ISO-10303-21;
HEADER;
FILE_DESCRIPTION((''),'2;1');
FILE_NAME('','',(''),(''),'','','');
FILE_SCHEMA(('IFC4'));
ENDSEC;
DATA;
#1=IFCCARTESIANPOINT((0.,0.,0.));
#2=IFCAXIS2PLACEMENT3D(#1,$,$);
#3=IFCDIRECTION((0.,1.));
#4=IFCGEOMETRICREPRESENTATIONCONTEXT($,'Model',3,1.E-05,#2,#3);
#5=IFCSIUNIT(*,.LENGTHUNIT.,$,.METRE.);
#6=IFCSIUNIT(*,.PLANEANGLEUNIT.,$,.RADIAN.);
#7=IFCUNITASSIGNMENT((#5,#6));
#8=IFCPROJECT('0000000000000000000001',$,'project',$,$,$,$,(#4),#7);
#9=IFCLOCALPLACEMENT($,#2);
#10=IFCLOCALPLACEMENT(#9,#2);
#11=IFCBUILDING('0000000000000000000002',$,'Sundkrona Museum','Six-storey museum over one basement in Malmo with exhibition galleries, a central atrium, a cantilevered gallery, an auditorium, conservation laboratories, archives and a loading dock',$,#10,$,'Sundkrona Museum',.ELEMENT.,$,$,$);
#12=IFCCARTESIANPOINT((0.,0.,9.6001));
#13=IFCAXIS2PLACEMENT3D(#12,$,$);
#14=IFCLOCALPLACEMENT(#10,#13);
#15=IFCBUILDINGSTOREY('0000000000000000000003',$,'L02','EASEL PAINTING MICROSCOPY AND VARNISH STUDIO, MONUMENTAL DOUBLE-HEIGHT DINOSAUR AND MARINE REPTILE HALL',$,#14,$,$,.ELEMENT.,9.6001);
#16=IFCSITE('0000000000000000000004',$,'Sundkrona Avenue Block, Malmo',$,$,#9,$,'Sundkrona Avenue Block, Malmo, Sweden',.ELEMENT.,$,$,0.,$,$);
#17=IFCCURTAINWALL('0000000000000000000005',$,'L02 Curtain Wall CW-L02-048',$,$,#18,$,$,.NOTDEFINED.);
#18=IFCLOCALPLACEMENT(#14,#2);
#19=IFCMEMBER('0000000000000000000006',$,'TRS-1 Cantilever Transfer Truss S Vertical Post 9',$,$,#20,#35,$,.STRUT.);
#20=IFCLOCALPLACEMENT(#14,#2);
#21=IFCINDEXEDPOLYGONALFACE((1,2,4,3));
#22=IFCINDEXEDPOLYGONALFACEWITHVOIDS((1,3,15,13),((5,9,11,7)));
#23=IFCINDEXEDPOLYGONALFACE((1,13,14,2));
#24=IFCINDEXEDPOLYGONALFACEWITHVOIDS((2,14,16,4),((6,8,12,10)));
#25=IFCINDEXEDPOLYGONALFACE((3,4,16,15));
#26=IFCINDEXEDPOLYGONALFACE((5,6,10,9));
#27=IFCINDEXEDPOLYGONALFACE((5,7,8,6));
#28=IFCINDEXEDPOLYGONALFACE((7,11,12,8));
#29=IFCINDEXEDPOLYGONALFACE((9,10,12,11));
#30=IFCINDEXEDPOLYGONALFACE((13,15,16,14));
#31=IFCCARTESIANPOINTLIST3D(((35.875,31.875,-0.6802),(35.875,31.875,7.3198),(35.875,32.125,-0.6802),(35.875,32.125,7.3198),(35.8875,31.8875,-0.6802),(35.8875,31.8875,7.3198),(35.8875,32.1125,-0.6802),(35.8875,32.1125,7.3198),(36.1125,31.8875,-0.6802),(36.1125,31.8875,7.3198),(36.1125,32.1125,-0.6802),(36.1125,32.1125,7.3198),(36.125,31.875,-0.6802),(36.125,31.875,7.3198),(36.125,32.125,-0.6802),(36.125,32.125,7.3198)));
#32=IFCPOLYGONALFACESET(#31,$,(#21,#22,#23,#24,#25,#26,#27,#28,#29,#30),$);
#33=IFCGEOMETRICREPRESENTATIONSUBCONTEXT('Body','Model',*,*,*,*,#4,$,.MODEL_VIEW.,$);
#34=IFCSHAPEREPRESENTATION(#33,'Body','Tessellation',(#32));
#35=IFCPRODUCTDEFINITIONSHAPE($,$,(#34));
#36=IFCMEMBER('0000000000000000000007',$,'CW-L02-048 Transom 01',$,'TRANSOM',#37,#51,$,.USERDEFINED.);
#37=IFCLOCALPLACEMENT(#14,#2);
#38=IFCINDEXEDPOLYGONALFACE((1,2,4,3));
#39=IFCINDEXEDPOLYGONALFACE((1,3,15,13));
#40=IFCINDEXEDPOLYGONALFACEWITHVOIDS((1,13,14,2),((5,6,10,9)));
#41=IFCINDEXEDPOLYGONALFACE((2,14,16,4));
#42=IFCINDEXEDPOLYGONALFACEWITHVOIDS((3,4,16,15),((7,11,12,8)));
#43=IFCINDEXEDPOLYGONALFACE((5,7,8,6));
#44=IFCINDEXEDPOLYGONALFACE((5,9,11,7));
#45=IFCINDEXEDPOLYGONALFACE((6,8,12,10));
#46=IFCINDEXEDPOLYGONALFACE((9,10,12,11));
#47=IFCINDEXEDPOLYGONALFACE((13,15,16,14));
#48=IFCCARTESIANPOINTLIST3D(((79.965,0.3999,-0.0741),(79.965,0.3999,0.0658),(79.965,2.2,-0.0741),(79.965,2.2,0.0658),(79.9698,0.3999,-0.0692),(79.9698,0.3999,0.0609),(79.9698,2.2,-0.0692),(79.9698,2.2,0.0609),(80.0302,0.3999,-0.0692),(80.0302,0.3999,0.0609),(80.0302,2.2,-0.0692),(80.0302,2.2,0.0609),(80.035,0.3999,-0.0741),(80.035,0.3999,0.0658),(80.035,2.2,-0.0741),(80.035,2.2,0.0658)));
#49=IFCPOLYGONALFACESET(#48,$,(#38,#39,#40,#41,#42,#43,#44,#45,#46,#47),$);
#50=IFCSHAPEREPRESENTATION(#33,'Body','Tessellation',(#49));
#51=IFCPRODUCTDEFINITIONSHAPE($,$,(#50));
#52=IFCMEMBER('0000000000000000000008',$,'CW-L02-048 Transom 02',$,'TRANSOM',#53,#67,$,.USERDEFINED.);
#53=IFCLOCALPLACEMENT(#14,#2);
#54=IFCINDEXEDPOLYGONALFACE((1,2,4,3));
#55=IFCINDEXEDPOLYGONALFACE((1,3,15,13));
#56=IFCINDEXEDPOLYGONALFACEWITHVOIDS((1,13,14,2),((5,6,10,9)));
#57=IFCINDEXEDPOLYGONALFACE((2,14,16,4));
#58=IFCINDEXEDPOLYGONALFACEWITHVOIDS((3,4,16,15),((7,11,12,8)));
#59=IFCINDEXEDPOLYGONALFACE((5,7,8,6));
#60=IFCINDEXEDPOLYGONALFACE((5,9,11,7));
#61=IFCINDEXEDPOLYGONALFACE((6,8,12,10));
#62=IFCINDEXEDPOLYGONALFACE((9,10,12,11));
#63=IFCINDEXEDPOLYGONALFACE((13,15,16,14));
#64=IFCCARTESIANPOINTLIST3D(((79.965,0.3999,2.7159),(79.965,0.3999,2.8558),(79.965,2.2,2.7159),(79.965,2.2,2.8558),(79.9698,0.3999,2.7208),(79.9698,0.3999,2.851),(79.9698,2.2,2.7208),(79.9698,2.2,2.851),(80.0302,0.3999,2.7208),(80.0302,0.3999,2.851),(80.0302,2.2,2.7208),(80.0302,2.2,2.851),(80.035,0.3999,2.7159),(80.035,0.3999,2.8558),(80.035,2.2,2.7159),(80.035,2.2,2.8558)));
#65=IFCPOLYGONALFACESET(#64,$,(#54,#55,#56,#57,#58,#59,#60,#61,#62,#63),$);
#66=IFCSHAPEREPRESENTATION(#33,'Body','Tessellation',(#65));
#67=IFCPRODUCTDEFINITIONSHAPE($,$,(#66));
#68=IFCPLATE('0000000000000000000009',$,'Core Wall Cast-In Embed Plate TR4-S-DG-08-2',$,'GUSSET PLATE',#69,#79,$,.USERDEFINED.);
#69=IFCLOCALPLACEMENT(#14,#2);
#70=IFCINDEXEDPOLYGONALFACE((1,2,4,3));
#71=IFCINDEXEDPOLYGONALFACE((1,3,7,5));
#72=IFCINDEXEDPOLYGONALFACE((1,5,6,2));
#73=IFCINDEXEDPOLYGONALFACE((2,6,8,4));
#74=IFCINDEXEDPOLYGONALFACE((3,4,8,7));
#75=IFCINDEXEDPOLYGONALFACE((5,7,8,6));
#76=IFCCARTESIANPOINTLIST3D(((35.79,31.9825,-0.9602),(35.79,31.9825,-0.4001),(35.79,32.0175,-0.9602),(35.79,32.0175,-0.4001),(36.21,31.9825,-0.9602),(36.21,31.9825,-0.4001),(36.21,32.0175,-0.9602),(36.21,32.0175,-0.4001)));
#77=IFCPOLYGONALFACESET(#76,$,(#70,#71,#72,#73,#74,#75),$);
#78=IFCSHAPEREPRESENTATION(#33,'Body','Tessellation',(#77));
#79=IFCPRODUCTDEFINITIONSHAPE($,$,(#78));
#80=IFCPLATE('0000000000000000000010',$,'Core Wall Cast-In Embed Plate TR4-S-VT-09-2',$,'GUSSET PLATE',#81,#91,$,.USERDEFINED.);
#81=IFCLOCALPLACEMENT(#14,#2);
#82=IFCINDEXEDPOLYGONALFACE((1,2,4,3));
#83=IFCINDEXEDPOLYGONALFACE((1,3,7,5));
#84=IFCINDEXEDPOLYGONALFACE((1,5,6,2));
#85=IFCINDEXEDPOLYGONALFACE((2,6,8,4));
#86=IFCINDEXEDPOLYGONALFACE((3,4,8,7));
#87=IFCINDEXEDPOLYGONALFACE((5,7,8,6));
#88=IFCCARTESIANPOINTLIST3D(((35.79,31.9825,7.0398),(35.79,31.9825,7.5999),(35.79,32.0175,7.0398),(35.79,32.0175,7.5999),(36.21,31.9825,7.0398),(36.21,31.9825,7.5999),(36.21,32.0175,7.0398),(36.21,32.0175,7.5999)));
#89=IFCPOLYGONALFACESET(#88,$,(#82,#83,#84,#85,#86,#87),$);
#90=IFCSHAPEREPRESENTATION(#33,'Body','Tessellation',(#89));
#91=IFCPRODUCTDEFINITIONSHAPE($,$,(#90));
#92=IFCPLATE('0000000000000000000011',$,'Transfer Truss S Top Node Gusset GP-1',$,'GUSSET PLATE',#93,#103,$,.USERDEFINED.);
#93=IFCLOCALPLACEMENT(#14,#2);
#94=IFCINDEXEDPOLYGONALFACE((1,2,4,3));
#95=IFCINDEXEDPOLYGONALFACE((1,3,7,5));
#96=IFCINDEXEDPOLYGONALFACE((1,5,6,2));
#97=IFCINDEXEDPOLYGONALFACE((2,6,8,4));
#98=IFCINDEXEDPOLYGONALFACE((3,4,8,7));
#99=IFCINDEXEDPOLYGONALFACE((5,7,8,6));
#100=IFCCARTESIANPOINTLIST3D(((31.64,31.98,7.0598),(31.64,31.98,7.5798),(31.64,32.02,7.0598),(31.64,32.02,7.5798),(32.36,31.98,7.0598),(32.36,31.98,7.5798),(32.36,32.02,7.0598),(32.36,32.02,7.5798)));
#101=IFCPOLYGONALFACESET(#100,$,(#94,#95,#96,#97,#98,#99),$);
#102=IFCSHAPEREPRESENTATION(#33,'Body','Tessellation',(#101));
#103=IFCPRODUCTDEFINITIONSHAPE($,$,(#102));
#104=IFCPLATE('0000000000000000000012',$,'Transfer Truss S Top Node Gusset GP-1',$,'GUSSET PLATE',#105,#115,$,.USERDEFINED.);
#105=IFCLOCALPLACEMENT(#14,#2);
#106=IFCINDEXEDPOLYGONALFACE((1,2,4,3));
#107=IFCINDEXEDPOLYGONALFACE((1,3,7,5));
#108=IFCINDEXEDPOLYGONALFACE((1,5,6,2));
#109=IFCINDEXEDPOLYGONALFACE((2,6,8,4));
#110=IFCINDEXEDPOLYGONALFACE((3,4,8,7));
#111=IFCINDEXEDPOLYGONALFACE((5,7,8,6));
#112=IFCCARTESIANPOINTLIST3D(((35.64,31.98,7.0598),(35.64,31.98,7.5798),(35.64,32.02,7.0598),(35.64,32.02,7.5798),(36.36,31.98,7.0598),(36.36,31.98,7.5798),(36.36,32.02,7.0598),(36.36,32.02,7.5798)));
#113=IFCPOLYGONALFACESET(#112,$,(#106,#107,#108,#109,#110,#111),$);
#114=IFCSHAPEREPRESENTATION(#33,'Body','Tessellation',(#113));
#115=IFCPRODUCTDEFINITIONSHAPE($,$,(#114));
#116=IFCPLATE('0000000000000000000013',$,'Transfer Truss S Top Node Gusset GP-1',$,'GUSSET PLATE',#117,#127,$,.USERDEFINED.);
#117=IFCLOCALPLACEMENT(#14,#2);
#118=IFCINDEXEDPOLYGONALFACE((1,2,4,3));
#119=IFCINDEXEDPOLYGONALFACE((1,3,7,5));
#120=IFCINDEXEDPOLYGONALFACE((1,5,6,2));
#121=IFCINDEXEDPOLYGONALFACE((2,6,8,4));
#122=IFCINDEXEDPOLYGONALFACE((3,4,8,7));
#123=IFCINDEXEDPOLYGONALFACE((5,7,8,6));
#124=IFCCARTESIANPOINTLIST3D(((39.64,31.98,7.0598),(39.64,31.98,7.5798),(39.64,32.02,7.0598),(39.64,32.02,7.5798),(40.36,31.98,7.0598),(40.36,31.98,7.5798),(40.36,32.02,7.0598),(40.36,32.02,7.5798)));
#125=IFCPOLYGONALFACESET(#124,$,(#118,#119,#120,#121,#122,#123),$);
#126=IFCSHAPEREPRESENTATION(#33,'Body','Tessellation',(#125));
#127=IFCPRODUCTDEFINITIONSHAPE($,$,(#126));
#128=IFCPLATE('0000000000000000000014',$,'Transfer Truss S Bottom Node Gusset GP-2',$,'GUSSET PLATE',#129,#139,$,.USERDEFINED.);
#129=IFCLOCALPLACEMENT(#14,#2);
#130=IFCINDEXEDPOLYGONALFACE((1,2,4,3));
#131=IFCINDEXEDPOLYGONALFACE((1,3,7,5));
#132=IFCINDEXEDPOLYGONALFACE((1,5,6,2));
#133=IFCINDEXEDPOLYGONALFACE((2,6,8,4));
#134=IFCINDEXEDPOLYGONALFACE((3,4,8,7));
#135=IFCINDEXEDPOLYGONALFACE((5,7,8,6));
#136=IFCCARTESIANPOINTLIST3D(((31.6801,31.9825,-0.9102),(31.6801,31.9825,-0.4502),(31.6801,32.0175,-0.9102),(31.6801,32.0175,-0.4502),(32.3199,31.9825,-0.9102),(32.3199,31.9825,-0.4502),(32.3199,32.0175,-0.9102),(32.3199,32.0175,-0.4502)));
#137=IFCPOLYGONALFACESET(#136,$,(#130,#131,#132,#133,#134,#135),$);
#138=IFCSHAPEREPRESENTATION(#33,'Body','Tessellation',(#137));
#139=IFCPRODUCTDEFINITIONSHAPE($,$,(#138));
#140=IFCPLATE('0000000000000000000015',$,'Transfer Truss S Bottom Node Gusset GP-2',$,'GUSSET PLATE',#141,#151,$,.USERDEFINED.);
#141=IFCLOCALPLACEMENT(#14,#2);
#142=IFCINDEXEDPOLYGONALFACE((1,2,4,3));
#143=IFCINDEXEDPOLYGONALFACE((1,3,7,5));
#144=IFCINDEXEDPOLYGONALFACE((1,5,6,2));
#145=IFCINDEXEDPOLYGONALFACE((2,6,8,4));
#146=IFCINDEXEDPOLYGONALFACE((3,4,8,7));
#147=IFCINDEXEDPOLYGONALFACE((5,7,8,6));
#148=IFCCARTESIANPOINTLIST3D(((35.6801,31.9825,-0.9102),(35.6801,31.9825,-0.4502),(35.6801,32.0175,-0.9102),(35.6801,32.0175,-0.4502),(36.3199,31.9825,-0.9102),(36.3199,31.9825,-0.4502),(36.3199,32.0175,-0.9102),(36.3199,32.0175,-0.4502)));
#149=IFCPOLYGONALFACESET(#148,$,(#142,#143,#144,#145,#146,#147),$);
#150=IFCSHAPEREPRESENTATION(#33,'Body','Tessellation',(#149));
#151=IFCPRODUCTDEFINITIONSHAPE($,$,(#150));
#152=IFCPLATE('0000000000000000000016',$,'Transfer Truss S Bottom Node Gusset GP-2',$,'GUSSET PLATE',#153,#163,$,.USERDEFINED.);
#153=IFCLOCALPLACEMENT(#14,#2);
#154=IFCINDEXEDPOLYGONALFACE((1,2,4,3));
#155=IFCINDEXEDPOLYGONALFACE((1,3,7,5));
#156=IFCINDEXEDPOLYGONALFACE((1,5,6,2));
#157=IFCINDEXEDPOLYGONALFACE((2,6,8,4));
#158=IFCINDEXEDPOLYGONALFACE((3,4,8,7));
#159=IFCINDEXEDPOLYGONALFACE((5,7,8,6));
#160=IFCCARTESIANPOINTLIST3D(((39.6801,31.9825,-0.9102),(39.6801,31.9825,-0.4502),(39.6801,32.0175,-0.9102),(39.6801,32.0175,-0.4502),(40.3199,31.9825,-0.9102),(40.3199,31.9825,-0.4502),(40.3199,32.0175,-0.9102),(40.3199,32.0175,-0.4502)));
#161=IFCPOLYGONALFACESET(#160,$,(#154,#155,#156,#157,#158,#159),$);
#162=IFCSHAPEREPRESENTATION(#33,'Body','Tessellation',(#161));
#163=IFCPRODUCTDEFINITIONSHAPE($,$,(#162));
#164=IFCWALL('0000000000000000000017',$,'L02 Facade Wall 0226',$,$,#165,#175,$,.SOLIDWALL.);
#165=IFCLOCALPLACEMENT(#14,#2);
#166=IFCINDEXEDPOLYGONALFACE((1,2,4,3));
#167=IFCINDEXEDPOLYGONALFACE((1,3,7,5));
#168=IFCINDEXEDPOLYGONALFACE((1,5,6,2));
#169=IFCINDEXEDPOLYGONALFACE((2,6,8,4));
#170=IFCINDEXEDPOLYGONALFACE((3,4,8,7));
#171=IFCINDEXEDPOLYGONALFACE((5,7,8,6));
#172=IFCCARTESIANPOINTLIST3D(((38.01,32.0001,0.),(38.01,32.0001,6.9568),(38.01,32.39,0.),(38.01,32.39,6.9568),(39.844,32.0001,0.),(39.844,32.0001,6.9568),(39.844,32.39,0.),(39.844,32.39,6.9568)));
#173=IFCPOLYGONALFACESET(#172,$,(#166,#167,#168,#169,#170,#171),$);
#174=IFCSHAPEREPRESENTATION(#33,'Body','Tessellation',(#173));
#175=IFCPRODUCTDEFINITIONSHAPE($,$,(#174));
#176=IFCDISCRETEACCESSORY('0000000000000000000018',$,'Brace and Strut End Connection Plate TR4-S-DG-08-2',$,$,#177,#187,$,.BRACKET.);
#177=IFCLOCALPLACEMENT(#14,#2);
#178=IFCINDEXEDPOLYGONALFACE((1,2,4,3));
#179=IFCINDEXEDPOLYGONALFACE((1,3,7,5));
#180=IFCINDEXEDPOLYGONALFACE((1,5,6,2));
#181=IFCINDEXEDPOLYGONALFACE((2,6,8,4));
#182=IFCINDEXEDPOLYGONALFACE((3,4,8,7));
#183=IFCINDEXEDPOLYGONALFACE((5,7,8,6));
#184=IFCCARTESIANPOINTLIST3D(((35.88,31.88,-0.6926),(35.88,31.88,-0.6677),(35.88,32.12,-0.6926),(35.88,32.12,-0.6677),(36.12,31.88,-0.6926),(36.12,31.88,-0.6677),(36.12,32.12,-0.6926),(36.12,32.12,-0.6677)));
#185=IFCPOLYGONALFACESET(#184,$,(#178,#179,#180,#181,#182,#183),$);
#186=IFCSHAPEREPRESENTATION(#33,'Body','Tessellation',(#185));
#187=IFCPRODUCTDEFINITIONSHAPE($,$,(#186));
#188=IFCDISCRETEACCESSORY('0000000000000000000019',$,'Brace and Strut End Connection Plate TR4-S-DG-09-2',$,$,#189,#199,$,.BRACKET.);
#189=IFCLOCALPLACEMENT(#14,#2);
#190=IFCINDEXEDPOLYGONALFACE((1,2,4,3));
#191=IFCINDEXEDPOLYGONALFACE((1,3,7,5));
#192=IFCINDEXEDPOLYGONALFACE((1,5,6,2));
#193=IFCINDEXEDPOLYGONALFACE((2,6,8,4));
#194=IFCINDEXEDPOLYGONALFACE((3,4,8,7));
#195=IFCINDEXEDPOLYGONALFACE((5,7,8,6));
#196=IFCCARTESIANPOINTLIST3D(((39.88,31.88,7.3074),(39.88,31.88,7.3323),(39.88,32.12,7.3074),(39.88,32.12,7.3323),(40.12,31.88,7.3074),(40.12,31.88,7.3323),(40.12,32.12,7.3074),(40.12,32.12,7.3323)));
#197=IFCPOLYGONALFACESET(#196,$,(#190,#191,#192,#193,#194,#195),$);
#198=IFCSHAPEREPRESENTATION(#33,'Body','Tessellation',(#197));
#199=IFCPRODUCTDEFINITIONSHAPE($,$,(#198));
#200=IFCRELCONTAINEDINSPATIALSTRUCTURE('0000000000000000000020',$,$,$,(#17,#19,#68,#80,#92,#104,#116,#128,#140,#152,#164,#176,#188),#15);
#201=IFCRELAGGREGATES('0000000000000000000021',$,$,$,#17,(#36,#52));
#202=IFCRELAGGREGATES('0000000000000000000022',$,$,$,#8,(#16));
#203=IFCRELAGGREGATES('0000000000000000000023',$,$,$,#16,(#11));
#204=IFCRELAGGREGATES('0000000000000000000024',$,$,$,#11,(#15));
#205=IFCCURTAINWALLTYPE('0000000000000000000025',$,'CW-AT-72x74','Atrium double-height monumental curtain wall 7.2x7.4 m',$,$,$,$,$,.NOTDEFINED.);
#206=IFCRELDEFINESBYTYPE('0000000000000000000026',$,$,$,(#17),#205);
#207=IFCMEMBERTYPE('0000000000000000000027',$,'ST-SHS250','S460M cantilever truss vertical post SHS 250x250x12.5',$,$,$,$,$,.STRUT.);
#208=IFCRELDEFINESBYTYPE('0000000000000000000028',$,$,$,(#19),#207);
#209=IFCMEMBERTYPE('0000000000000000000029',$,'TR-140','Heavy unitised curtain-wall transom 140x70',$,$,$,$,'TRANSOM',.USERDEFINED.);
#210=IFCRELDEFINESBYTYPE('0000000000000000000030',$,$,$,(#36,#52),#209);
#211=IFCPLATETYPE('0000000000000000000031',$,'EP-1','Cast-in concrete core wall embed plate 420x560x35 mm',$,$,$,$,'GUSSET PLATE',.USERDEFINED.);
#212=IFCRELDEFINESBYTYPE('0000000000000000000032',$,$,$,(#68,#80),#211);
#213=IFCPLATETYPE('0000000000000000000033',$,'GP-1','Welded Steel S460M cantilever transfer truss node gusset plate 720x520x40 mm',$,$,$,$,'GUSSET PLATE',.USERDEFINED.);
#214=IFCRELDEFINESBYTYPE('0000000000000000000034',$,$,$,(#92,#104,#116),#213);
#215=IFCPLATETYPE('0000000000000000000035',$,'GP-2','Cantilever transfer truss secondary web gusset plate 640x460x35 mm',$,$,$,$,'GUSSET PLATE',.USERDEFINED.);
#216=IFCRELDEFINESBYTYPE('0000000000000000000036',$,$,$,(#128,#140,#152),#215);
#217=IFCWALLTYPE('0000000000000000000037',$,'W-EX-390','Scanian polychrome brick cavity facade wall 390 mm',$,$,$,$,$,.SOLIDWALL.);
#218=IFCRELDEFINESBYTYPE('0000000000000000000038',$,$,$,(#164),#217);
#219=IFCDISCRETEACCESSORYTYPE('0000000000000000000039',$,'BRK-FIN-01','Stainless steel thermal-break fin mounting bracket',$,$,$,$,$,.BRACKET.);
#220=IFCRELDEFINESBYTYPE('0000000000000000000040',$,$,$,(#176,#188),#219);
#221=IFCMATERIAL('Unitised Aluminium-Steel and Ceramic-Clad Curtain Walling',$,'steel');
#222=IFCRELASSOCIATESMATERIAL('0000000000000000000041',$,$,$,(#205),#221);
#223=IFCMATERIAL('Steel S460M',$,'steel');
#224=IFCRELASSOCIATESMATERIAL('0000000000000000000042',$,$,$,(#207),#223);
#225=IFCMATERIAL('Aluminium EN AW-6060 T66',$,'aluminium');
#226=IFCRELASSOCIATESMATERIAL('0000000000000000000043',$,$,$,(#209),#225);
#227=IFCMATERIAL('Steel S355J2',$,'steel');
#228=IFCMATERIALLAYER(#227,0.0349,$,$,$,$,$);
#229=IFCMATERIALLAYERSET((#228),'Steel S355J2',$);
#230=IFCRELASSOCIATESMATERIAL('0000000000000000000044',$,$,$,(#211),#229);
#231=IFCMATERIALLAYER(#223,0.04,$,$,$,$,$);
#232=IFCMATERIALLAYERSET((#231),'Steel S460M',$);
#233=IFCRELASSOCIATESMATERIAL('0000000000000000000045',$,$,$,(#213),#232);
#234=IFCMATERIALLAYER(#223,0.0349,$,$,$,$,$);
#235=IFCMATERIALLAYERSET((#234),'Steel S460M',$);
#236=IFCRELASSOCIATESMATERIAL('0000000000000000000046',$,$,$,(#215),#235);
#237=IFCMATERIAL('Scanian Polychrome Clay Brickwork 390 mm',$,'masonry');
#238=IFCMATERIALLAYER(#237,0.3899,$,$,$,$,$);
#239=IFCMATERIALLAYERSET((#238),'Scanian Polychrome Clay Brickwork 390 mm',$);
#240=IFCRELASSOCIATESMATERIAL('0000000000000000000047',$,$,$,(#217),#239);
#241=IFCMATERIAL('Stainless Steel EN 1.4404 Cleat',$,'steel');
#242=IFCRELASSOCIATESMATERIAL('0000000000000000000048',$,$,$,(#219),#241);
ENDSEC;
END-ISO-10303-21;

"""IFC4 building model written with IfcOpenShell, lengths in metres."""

from ifc_helpers import new_model, si_unit, direction, frame, frame_2d, origin, origin_2d, place, context, subcontext, project, spatial, rectangle, hollow_rectangle, extrude, material, layer, layer_set, material_profile, profile_set, type_object, element, aggregate, save


model = new_model("IFC4")

# Units and contexts
model_context = context("Model", 3, precision=1e-05, world=origin(), true_north=direction((0.0, 1.0)))
body_context = subcontext(model_context, "Body", "Model", "MODEL_VIEW")
ifc_project = project(units=[si_unit("LENGTHUNIT", "METRE"), si_unit("PLANEANGLEUNIT", "RADIAN")], contexts=[model_context])

# Site, building, storey
site_placement = place(None, origin())
site = spatial("IfcSite", under=ifc_project, at=site_placement, Name="Sundkrona Avenue Block, Malmo", LongName="Sundkrona Avenue Block, Malmo, Sweden", CompositionType="ELEMENT", RefElevation=0.0)
building_placement = place(site_placement, origin())
building = spatial("IfcBuilding", under=site, at=building_placement, Name="Sundkrona Museum", Description="Six-storey museum over one basement in Malmo with exhibition galleries, a central atrium, a cantilevered gallery, an auditorium, conservation laboratories, archives and a loading dock", LongName="Sundkrona Museum", CompositionType="ELEMENT")
storey_placement = place(building_placement, frame((0.0, 0.0, 9.6001)))
storey = spatial("IfcBuildingStorey", under=building, at=storey_placement, Name="L02", Description="EASEL PAINTING MICROSCOPY AND VARNISH STUDIO, MONUMENTAL DOUBLE-HEIGHT DINOSAUR AND MARINE REPTILE HALL", CompositionType="ELEMENT", Elevation=9.6001)

# Shared definitions
ifc_material_1 = material(Name="Steel S355J2", Category="steel")
ifc_material_2 = material(Name="Steel S460M", Category="steel")

# Curtain wall
ifc_material_3 = material(Name="Unitised Aluminium-Steel and Ceramic-Clad Curtain Walling", Category="steel")
curtain_wall_type = type_object("IfcCurtainWallType", Name="CW-AT-72x74", Description="Atrium double-height monumental curtain wall 7.2x7.4 m", PredefinedType="NOTDEFINED", material=ifc_material_3)
curtain_wall_placement = place(storey_placement, origin())
curtain_wall = element("IfcCurtainWall", 1, at=curtain_wall_placement, inside=storey, type_object=curtain_wall_type, Name="L02 Curtain Wall CW-L02-048", PredefinedType="NOTDEFINED")
ifc_material_4 = material(Name="Aluminium EN AW-6060 T66", Category="aluminium")

# Member
ifc_material_profile_1 = material_profile(ifc_material_2, hollow_rectangle(XDim=0.25, YDim=0.25, WallThickness=0.0125, at=origin_2d()), Name="SHS 250x250x12.5")
ifc_profile_set_1 = profile_set([ifc_material_profile_1], Name="Steel S460M")
member_type_1 = type_object("IfcMemberType", Name="ST-SHS250", Description="S460M cantilever truss vertical post SHS 250x250x12.5", PredefinedType="STRUT", material=ifc_profile_set_1)
member_1_placement = place(storey_placement, frame((36.0, 32.0, -0.6802), z_axis=(0.0, 0.0, 1.0), x_axis=(1.0, 0.0, 0.0)))
element("IfcMember", 2, at=member_1_placement, inside=storey, type_object=member_type_1, Name="TRS-1 Cantilever Transfer Truss S Vertical Post 9", PredefinedType="STRUT", context=body_context, shape_type="SweptSolid", body=[
    extrude(hollow_rectangle(XDim=0.25, YDim=0.25, WallThickness=0.0125, at=origin_2d()), origin(), (0.0, 0.0, 1.0), 8.0),
])

# Members
ifc_material_profile_2 = material_profile(ifc_material_4, hollow_rectangle(XDim=0.0701, YDim=0.1399, WallThickness=0.0049, at=origin_2d()), Name="RHS 140x70x5.0")
ifc_profile_set_2 = profile_set([ifc_material_profile_2], Name="Aluminium EN AW-6060 T66")
member_type_2 = type_object("IfcMemberType", Name="TR-140", Description="Heavy unitised curtain-wall transom 140x70", ElementType="TRANSOM", PredefinedType="USERDEFINED", material=ifc_profile_set_2)
member_2_placement = place(storey_placement, frame((80.0, 0.3999, -0.0042), z_axis=(0.0, 1.0, 0.0), x_axis=(-1.0, 0.0, 0.0)))
member_2 = element("IfcMember", 3, at=member_2_placement, type_object=member_type_2, Name="CW-L02-048 Transom 01", ObjectType="TRANSOM", PredefinedType="USERDEFINED", context=body_context, shape_type="SweptSolid", body=[
    extrude(hollow_rectangle(XDim=0.0701, YDim=0.1399, WallThickness=0.0049, at=origin_2d()), origin(), (0.0, 0.0, 1.0), 1.8),
])
member_3_placement = place(storey_placement, frame((80.0, 0.3999, 2.7859), z_axis=(0.0, 1.0, 0.0), x_axis=(-1.0, 0.0, 0.0)))
member_3 = element("IfcMember", 4, at=member_3_placement, type_object=member_type_2, Name="CW-L02-048 Transom 02", ObjectType="TRANSOM", PredefinedType="USERDEFINED", context=body_context, shape_type="SweptSolid", body=[
    extrude(hollow_rectangle(XDim=0.0701, YDim=0.1399, WallThickness=0.0049, at=origin_2d()), origin(), (0.0, 0.0, 1.0), 1.8),
])
aggregate(curtain_wall, [member_2, member_3])

# Plates
ifc_layer_1 = layer(ifc_material_1, 0.0349)
ifc_layer_set_1 = layer_set([ifc_layer_1], Name="Steel S355J2")
plate_type_1 = type_object("IfcPlateType", Name="EP-1", Description="Cast-in concrete core wall embed plate 420x560x35 mm", ElementType="GUSSET PLATE", PredefinedType="USERDEFINED", material=ifc_layer_set_1)
for number, where, z_axis, x_axis, name in (
    (5, (36.0, 32.0, -0.9602), (0.0, 0.0, 1.0), (1.0, 0.0, 0.0), "Core Wall Cast-In Embed Plate TR4-S-DG-08-2"),
    (6, (36.0, 32.0, 7.0398), (0.0, 0.0, 1.0), (1.0, 0.0, 0.0), "Core Wall Cast-In Embed Plate TR4-S-VT-09-2"),
):
    element("IfcPlate", number, at=place(storey_placement, frame(where, z_axis=z_axis, x_axis=x_axis)), inside=storey, type_object=plate_type_1, Name=name, ObjectType="GUSSET PLATE", PredefinedType="USERDEFINED", context=body_context, shape_type="SweptSolid", body=[
        extrude(rectangle(XDim=0.4199, YDim=0.0349, at=origin_2d()), origin(), (0.0, 0.0, 1.0), 0.5601),
    ])
ifc_layer_2 = layer(ifc_material_2, 0.04)
ifc_layer_set_2 = layer_set([ifc_layer_2], Name="Steel S460M")
plate_type_2 = type_object("IfcPlateType", Name="GP-1", Description="Welded Steel S460M cantilever transfer truss node gusset plate 720x520x40 mm", ElementType="GUSSET PLATE", PredefinedType="USERDEFINED", material=ifc_layer_set_2)
for number, where, z_axis, x_axis, name in (
    (7, (32.0, 32.0, 7.0598), (0.0, 0.0, 1.0), (1.0, 0.0, 0.0), "Transfer Truss S Top Node Gusset GP-1"),
    (8, (36.0, 32.0, 7.0598), (0.0, 0.0, 1.0), (1.0, 0.0, 0.0), "Transfer Truss S Top Node Gusset GP-1"),
    (9, (40.0, 32.0, 7.0598), (0.0, 0.0, 1.0), (1.0, 0.0, 0.0), "Transfer Truss S Top Node Gusset GP-1"),
):
    element("IfcPlate", number, at=place(storey_placement, frame(where, z_axis=z_axis, x_axis=x_axis)), inside=storey, type_object=plate_type_2, Name=name, ObjectType="GUSSET PLATE", PredefinedType="USERDEFINED", context=body_context, shape_type="SweptSolid", body=[
        extrude(rectangle(XDim=0.72, YDim=0.04, at=origin_2d()), origin(), (0.0, 0.0, 1.0), 0.52),
    ])
ifc_layer_3 = layer(ifc_material_2, 0.0349)
ifc_layer_set_3 = layer_set([ifc_layer_3], Name="Steel S460M")
plate_type_3 = type_object("IfcPlateType", Name="GP-2", Description="Cantilever transfer truss secondary web gusset plate 640x460x35 mm", ElementType="GUSSET PLATE", PredefinedType="USERDEFINED", material=ifc_layer_set_3)
for number, where, z_axis, x_axis, name in (
    (10, (32.0, 32.0, -0.9102), (0.0, 0.0, 1.0), (1.0, 0.0, 0.0), "Transfer Truss S Bottom Node Gusset GP-2"),
    (11, (36.0, 32.0, -0.9102), (0.0, 0.0, 1.0), (1.0, 0.0, 0.0), "Transfer Truss S Bottom Node Gusset GP-2"),
    (12, (40.0, 32.0, -0.9102), (0.0, 0.0, 1.0), (1.0, 0.0, 0.0), "Transfer Truss S Bottom Node Gusset GP-2"),
):
    element("IfcPlate", number, at=place(storey_placement, frame(where, z_axis=z_axis, x_axis=x_axis)), inside=storey, type_object=plate_type_3, Name=name, ObjectType="GUSSET PLATE", PredefinedType="USERDEFINED", context=body_context, shape_type="SweptSolid", body=[
        extrude(rectangle(XDim=0.6399, YDim=0.0349, at=origin_2d()), origin(), (0.0, 0.0, 1.0), 0.46),
    ])

# Wall
ifc_material_5 = material(Name="Scanian Polychrome Clay Brickwork 390 mm", Category="masonry")
ifc_layer_4 = layer(ifc_material_5, 0.3899)
ifc_layer_set_4 = layer_set([ifc_layer_4], Name="Scanian Polychrome Clay Brickwork 390 mm")
wall_type = type_object("IfcWallType", Name="W-EX-390", Description="Scanian polychrome brick cavity facade wall 390 mm", PredefinedType="SOLIDWALL", material=ifc_layer_set_4)
wall_placement = place(storey_placement, frame((39.844, 32.1951, 0.0), z_axis=(0.0, 0.0, 1.0), x_axis=(-1.0, 0.0, 0.0)))
element("IfcWall", 13, at=wall_placement, inside=storey, type_object=wall_type, Name="L02 Facade Wall 0226", PredefinedType="SOLIDWALL", context=body_context, shape_type="SweptSolid", body=[
    extrude(rectangle(XDim=1.834, YDim=0.3899, at=frame_2d((0.917, 0.0))), origin(), (0.0, 0.0, 1.0), 6.9568),
])

# Discrete accessories
ifc_material_6 = material(Name="Stainless Steel EN 1.4404 Cleat", Category="steel")
discrete_accessory_type = type_object("IfcDiscreteAccessoryType", Name="BRK-FIN-01", Description="Stainless steel thermal-break fin mounting bracket", PredefinedType="BRACKET", material=ifc_material_6)
for number, where, z_axis, x_axis, name in (
    (14, (36.0, 32.0, -0.6926), (0.0, 0.0, 1.0), (1.0, 0.0, 0.0), "Brace and Strut End Connection Plate TR4-S-DG-08-2"),
    (15, (40.0, 32.0, 7.3074), (0.0, 0.0, 1.0), (1.0, 0.0, 0.0), "Brace and Strut End Connection Plate TR4-S-DG-09-2"),
):
    element("IfcDiscreteAccessory", number, at=place(storey_placement, frame(where, z_axis=z_axis, x_axis=x_axis)), inside=storey, type_object=discrete_accessory_type, Name=name, PredefinedType="BRACKET", context=body_context, shape_type="SweptSolid", body=[
        extrude(rectangle(XDim=0.24, YDim=0.24, at=origin_2d()), origin(), (0.0, 0.0, 1.0), 0.0249),
    ])

save(model, "model.ifc")
